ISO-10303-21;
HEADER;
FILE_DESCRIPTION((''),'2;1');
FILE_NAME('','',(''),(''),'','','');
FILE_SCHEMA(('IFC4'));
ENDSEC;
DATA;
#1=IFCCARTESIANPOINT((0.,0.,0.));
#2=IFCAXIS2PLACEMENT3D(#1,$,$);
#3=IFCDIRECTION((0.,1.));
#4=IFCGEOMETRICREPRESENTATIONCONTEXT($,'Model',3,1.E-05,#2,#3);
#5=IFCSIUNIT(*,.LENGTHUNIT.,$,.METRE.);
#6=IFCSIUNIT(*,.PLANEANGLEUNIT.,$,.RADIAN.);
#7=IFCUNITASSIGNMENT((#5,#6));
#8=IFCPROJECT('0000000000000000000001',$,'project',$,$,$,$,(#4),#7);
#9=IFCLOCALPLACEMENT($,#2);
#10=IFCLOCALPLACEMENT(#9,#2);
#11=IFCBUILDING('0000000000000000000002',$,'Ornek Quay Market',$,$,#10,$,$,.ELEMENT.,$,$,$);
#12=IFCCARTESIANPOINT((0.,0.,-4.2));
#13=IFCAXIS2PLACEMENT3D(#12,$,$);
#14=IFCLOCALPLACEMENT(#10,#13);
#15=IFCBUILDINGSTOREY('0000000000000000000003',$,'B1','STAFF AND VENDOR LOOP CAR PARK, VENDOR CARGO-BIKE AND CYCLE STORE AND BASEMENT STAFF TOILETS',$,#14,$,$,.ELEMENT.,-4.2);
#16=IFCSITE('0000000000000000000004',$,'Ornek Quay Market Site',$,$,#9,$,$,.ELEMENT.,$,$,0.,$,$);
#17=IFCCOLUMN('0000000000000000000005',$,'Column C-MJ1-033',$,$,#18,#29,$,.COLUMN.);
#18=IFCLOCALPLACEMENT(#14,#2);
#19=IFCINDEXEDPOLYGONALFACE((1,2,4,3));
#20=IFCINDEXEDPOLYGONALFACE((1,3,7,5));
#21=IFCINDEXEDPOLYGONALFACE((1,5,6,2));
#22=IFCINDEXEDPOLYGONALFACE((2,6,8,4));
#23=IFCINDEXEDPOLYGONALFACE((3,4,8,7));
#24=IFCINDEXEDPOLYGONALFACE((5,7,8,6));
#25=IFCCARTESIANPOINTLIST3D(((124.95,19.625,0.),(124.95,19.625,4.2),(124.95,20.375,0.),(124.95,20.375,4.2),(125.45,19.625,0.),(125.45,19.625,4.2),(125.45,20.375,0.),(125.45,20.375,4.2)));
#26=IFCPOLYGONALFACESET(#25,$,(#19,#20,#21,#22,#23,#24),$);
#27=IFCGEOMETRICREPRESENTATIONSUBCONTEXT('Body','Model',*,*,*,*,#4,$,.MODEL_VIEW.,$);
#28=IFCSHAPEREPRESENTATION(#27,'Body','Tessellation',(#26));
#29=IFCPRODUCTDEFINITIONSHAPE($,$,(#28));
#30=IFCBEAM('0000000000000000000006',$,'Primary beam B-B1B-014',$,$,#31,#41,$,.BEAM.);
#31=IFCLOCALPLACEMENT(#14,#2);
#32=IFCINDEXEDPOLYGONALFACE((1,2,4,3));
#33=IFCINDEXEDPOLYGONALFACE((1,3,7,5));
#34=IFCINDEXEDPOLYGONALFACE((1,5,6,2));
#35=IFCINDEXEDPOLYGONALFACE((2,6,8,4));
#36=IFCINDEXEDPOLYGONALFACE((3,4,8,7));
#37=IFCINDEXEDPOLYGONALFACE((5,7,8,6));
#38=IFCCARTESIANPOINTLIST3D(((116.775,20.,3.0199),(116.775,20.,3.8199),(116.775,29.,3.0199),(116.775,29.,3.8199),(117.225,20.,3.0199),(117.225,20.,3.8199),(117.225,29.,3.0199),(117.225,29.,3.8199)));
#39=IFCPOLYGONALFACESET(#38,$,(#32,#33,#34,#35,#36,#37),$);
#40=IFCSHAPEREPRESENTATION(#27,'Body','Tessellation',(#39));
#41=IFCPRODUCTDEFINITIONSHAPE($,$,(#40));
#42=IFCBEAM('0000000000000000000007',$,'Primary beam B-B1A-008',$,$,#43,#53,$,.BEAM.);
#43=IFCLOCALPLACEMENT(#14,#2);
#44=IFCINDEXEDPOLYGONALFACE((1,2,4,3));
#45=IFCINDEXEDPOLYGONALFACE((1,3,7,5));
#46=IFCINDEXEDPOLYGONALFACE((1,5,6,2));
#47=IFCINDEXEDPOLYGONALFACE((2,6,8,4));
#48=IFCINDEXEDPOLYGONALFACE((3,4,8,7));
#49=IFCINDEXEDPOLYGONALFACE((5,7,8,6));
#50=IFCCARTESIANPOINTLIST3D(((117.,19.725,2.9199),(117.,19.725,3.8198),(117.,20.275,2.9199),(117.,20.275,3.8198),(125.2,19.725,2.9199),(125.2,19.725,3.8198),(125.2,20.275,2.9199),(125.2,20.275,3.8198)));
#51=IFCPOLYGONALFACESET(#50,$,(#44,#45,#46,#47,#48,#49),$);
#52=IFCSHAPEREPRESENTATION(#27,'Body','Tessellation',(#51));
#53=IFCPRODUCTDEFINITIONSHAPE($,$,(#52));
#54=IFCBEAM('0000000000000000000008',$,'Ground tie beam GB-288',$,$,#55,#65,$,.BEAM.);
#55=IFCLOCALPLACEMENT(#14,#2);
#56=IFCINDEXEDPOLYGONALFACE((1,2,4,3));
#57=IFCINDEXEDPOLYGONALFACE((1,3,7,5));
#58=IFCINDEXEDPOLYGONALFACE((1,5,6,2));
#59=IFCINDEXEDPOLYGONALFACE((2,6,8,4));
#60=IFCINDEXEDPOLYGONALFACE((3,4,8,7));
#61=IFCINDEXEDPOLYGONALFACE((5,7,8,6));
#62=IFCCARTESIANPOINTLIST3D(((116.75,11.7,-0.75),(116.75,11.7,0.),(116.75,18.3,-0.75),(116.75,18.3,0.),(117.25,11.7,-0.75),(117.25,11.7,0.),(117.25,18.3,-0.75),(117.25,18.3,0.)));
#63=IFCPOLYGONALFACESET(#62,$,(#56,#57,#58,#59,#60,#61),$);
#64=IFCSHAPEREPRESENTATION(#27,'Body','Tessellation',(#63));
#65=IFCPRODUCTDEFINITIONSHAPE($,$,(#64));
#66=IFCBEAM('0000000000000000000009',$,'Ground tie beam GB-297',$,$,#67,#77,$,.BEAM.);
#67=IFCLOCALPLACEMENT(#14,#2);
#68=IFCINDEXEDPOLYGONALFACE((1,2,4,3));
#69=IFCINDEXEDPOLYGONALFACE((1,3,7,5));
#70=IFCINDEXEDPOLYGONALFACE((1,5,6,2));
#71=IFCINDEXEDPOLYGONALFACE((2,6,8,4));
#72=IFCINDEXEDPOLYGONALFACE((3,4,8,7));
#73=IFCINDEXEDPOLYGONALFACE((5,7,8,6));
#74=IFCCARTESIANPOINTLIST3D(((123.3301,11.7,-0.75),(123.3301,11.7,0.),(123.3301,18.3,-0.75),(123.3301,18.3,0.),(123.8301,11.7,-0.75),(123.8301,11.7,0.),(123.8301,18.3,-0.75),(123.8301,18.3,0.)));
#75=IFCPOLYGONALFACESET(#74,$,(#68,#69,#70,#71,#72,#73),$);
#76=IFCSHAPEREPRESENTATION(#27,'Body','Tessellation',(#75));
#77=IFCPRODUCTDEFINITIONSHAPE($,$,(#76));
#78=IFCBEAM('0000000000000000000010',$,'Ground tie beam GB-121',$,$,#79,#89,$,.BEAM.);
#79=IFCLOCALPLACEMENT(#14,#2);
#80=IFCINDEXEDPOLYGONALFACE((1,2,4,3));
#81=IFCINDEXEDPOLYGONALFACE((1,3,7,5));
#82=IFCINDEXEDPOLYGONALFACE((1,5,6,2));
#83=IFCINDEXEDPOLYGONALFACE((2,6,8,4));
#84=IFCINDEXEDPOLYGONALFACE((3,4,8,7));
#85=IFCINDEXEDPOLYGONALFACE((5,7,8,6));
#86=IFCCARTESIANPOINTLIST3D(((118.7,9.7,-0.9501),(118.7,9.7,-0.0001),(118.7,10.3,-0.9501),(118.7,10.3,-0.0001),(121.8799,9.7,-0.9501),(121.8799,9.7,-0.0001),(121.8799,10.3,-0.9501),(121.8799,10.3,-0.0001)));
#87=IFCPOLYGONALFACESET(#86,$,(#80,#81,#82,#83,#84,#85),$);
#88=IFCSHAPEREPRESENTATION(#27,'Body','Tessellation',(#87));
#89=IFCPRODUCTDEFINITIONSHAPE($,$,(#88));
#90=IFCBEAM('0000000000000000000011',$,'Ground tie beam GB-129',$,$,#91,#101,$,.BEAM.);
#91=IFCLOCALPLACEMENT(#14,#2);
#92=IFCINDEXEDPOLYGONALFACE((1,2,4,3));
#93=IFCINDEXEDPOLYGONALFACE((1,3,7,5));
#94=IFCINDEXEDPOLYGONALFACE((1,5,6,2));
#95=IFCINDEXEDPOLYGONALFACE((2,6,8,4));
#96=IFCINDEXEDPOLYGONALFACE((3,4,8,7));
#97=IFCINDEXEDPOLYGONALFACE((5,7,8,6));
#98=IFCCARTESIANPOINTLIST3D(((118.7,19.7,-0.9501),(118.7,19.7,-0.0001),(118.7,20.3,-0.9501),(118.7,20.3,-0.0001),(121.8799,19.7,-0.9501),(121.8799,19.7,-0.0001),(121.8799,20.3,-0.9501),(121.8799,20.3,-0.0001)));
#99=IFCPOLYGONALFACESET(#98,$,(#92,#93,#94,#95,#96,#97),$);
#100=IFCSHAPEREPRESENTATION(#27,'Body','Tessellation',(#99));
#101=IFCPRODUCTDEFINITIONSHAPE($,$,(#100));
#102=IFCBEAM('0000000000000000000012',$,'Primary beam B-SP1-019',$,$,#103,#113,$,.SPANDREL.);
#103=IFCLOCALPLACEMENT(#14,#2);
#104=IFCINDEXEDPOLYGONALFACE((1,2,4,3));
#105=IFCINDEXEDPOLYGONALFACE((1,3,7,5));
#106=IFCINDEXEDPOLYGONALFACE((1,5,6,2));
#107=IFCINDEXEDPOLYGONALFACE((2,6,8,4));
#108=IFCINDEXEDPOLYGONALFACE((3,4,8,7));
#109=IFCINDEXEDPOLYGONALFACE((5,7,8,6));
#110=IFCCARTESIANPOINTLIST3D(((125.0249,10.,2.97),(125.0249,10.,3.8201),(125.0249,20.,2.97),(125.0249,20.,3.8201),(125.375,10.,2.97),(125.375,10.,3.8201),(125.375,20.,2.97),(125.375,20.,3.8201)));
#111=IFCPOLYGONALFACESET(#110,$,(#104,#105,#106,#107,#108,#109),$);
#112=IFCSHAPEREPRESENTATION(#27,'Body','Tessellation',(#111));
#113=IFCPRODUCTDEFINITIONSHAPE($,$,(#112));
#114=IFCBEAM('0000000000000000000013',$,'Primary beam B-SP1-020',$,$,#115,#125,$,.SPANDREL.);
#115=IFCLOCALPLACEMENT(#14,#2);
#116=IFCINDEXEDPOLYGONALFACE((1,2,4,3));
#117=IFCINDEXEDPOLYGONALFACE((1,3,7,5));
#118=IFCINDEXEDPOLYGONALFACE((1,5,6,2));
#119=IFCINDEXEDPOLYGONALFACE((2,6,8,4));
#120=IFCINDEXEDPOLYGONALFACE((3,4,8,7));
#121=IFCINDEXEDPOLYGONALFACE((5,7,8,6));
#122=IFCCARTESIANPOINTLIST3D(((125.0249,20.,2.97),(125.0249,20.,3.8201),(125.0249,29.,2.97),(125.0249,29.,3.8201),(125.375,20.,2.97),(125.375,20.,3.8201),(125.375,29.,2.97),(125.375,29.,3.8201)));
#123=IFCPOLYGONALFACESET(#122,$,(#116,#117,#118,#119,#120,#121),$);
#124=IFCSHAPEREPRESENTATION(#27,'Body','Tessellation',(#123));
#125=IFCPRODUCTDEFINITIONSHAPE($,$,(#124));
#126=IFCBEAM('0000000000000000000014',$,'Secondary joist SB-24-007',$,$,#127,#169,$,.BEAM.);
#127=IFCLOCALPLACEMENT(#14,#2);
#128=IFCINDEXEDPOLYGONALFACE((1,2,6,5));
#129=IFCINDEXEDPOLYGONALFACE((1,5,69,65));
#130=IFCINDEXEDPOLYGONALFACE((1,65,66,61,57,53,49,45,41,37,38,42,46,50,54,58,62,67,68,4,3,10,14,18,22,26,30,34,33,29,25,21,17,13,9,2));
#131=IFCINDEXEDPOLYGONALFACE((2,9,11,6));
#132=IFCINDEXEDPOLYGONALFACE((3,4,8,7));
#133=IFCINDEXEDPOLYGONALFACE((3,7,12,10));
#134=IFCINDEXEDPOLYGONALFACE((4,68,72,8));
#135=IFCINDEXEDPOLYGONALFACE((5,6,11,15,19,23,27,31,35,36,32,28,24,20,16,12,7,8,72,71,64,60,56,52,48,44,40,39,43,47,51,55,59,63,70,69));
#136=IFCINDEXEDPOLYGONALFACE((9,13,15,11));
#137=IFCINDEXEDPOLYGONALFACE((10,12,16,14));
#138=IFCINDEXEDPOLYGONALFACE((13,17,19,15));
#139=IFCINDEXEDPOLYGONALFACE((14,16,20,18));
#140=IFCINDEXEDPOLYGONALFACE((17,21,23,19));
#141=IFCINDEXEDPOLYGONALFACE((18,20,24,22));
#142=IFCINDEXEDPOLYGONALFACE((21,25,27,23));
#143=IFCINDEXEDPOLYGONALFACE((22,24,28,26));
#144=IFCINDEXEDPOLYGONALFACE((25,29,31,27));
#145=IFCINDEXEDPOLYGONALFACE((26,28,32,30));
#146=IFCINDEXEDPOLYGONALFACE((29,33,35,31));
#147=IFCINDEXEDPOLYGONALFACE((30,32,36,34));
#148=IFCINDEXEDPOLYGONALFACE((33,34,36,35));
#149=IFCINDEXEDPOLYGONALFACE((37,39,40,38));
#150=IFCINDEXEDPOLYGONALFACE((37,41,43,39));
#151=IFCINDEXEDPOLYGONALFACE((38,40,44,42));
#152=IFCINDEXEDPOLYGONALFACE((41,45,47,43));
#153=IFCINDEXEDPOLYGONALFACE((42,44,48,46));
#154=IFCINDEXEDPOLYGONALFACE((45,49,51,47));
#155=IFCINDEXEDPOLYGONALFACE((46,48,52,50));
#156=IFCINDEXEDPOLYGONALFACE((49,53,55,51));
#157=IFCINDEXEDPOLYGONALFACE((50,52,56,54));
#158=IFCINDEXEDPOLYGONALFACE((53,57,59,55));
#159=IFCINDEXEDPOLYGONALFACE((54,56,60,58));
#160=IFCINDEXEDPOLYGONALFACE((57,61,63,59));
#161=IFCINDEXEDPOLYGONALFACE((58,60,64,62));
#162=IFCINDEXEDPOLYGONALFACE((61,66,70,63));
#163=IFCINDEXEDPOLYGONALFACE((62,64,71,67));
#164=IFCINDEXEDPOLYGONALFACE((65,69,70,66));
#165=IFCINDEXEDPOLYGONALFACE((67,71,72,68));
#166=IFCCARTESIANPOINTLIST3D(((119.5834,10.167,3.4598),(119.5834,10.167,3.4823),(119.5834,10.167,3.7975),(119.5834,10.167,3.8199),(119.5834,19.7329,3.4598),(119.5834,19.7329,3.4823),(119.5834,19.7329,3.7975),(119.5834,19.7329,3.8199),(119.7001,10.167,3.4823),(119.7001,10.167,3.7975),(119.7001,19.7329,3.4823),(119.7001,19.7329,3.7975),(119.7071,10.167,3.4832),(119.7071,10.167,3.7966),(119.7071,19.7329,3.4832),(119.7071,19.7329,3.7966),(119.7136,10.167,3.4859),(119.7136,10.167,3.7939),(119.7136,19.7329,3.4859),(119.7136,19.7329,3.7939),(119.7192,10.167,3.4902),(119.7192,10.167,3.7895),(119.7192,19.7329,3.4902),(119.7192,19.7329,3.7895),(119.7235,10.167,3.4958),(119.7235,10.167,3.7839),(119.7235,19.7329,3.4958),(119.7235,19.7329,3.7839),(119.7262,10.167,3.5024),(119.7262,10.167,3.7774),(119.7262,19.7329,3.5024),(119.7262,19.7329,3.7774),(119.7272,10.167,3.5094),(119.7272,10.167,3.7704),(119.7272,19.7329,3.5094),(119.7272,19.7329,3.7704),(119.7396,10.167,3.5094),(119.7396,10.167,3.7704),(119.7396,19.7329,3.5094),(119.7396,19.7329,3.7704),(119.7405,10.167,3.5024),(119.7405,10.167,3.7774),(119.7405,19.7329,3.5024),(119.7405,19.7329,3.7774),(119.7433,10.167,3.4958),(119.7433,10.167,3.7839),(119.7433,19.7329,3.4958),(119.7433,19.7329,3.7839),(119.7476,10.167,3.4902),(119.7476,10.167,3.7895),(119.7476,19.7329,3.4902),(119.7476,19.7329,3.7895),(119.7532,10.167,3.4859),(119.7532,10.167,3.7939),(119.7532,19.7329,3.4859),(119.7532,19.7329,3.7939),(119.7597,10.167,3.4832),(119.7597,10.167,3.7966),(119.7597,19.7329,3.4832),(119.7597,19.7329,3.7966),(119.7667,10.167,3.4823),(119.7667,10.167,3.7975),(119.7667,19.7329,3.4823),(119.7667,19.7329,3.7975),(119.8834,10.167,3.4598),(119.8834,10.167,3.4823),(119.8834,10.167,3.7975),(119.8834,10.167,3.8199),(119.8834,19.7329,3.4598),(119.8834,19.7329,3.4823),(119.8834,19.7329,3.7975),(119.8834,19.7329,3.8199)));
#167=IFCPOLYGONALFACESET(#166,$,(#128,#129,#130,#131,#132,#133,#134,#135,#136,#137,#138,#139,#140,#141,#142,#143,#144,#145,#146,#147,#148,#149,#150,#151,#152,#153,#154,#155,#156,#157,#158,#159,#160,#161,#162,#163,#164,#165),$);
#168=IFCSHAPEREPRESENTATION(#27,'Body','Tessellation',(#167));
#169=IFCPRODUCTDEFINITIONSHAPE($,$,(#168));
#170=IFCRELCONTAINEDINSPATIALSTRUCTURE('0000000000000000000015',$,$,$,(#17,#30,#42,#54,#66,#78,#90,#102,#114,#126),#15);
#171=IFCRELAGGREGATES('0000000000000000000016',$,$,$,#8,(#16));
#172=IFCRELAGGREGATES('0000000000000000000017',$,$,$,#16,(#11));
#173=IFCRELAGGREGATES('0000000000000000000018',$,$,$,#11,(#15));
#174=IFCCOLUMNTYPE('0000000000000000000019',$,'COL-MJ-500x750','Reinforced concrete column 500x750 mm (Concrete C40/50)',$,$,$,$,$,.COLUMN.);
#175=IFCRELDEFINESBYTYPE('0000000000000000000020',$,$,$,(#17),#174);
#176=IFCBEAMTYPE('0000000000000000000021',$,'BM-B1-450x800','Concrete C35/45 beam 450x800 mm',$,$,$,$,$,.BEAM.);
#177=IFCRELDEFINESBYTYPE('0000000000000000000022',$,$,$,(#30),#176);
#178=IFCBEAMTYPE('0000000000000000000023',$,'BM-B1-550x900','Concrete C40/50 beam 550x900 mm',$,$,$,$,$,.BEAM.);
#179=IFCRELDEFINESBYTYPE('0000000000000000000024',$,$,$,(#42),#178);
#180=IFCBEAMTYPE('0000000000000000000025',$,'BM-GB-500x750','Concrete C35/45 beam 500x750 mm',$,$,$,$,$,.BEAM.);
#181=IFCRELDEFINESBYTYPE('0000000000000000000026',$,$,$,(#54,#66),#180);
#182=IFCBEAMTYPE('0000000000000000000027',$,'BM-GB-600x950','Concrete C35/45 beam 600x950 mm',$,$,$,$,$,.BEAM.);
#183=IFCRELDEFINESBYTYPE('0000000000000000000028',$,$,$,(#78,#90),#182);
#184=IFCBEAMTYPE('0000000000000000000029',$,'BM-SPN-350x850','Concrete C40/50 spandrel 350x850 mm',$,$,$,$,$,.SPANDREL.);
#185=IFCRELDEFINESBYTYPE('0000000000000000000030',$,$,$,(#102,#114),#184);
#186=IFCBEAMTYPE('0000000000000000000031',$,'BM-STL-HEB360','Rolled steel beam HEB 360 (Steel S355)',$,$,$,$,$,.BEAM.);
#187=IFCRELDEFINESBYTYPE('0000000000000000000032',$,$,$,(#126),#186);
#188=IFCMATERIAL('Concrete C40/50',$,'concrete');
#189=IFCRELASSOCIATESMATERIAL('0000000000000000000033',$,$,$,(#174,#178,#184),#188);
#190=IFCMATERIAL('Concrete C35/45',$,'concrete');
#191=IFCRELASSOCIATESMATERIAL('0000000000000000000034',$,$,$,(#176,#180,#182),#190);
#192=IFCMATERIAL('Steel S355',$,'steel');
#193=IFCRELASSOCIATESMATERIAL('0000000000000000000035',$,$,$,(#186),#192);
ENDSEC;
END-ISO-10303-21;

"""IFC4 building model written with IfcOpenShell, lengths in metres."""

from ifc_helpers import new_model, si_unit, direction, frame, origin, origin_2d, place, context, subcontext, project, spatial, rectangle, i_section, extrude, material, material_profile, profile_set, type_object, element, save


model = new_model("IFC4")

# Units and contexts
model_context = context("Model", 3, precision=1e-05, world=origin(), true_north=direction((0.0, 1.0)))
body_context = subcontext(model_context, "Body", "Model", "MODEL_VIEW")
ifc_project = project(units=[si_unit("LENGTHUNIT", "METRE"), si_unit("PLANEANGLEUNIT", "RADIAN")], contexts=[model_context])

# Site, building, storey
site_placement = place(None, origin())
site = spatial("IfcSite", under=ifc_project, at=site_placement, Name="Ornek Quay Market Site", CompositionType="ELEMENT", RefElevation=0.0)
building_placement = place(site_placement, origin())
building = spatial("IfcBuilding", under=site, at=building_placement, Name="Ornek Quay Market", CompositionType="ELEMENT")
storey_placement = place(building_placement, frame((0.0, 0.0, -4.2)))
storey = spatial("IfcBuildingStorey", under=building, at=storey_placement, Name="B1", Description="STAFF AND VENDOR LOOP CAR PARK, VENDOR CARGO-BIKE AND CYCLE STORE AND BASEMENT STAFF TOILETS", CompositionType="ELEMENT", Elevation=-4.2)

# Shared definitions
ifc_material_1 = material(Name="Concrete C35/45", Category="concrete")

# Column
ifc_material_2 = material(Name="Concrete C40/50", Category="concrete")
ifc_material_profile_1 = material_profile(ifc_material_2, rectangle(XDim=0.5, YDim=0.75, at=origin_2d()), Name="RC 500x750", Category="concrete")
ifc_profile_set_1 = profile_set([ifc_material_profile_1], Name="Concrete C40/50")
column_type_1 = type_object("IfcColumnType", Name="COL-MJ-500x750", Description="Reinforced concrete column 500x750 mm (Concrete C40/50)", PredefinedType="COLUMN", material=ifc_profile_set_1)
for number, where, z_axis, x_axis, name in (
    (1, (125.2, 20.0, 0.0), (0.0, 0.0, 1.0), (1.0, 0.0, 0.0), "Column C-MJ1-033"),
):
    element("IfcColumn", number, at=place(storey_placement, frame(where, z_axis=z_axis, x_axis=x_axis)), inside=storey, type_object=column_type_1, Name=name, PredefinedType="COLUMN", context=body_context, shape_type="SweptSolid", body=[
        extrude(rectangle(XDim=0.5, YDim=0.75, at=origin_2d()), origin(), (0.0, 0.0, 1.0), 4.2),
    ])

# Beams
ifc_material_profile_2 = material_profile(ifc_material_1, rectangle(XDim=0.45, YDim=0.8, at=origin_2d()), Name="RC 450x800", Category="concrete")
ifc_profile_set_2 = profile_set([ifc_material_profile_2], Name="Concrete C35/45")
beam_type_1 = type_object("IfcBeamType", Name="BM-B1-450x800", Description="Concrete C35/45 beam 450x800 mm", PredefinedType="BEAM", material=ifc_profile_set_2)
beam_1_placement = place(storey_placement, frame((117.0, 20.0, 3.4199), z_axis=(0.0, 1.0, 0.0), x_axis=(-1.0, 0.0, 0.0)))
element("IfcBeam", 2, at=beam_1_placement, inside=storey, type_object=beam_type_1, Name="Primary beam B-B1B-014", PredefinedType="BEAM", context=body_context, shape_type="SweptSolid", body=[
    extrude(rectangle(XDim=0.45, YDim=0.8, at=origin_2d()), origin(), (0.0, 0.0, 1.0), 9.0),
])
ifc_material_profile_3 = material_profile(ifc_material_2, rectangle(XDim=0.55, YDim=0.8999, at=origin_2d()), Name="RC 550x900", Category="concrete")
ifc_profile_set_3 = profile_set([ifc_material_profile_3], Name="Concrete C40/50")
beam_type_2 = type_object("IfcBeamType", Name="BM-B1-550x900", Description="Concrete C40/50 beam 550x900 mm", PredefinedType="BEAM", material=ifc_profile_set_3)
beam_2_placement = place(storey_placement, frame((117.0, 20.0, 3.3699), z_axis=(1.0, 0.0, 0.0), x_axis=(0.0, 1.0, 0.0)))
element("IfcBeam", 3, at=beam_2_placement, inside=storey, type_object=beam_type_2, Name="Primary beam B-B1A-008", PredefinedType="BEAM", context=body_context, shape_type="SweptSolid", body=[
    extrude(rectangle(XDim=0.55, YDim=0.8999, at=origin_2d()), origin(), (0.0, 0.0, 1.0), 8.2),
])
ifc_material_profile_4 = material_profile(ifc_material_1, rectangle(XDim=0.5, YDim=0.75, at=origin_2d()), Name="RC 500x750", Category="concrete")
ifc_profile_set_4 = profile_set([ifc_material_profile_4], Name="Concrete C35/45")
beam_type_3 = type_object("IfcBeamType", Name="BM-GB-500x750", Description="Concrete C35/45 beam 500x750 mm", PredefinedType="BEAM", material=ifc_profile_set_4)
for number, where, z_axis, x_axis, name in (
    (4, (117.0, 11.7, -0.375), (0.0, 1.0, 0.0), (-1.0, 0.0, 0.0), "Ground tie beam GB-288"),
    (5, (123.5801, 11.7, -0.375), (0.0, 1.0, 0.0), (-1.0, 0.0, 0.0), "Ground tie beam GB-297"),
):
    element("IfcBeam", number, at=place(storey_placement, frame(where, z_axis=z_axis, x_axis=x_axis)), inside=storey, type_object=beam_type_3, Name=name, PredefinedType="BEAM", context=body_context, shape_type="SweptSolid", body=[
        extrude(rectangle(XDim=0.5, YDim=0.75, at=origin_2d()), origin(), (0.0, 0.0, 1.0), 6.6001),
    ])
ifc_material_profile_5 = material_profile(ifc_material_1, rectangle(XDim=0.6001, YDim=0.95, at=origin_2d()), Name="RC 600x950", Category="concrete")
ifc_profile_set_5 = profile_set([ifc_material_profile_5], Name="Concrete C35/45")
beam_type_4 = type_object("IfcBeamType", Name="BM-GB-600x950", Description="Concrete C35/45 beam 600x950 mm", PredefinedType="BEAM", material=ifc_profile_set_5)
for number, where, z_axis, x_axis, name in (
    (6, (118.7, 10.0, -0.4751), (1.0, 0.0, 0.0), (0.0, 1.0, 0.0), "Ground tie beam GB-121"),
    (7, (118.7, 20.0, -0.4751), (1.0, 0.0, 0.0), (0.0, 1.0, 0.0), "Ground tie beam GB-129"),
):
    element("IfcBeam", number, at=place(storey_placement, frame(where, z_axis=z_axis, x_axis=x_axis)), inside=storey, type_object=beam_type_4, Name=name, PredefinedType="BEAM", context=body_context, shape_type="SweptSolid", body=[
        extrude(rectangle(XDim=0.6001, YDim=0.95, at=origin_2d()), origin(), (0.0, 0.0, 1.0), 3.1799),
    ])
ifc_material_profile_6 = material_profile(ifc_material_2, rectangle(XDim=0.3501, YDim=0.8501, at=origin_2d()), Name="RC 350x850", Category="concrete")
ifc_profile_set_6 = profile_set([ifc_material_profile_6], Name="Concrete C40/50")
beam_type_5 = type_object("IfcBeamType", Name="BM-SPN-350x850", Description="Concrete C40/50 spandrel 350x850 mm", PredefinedType="SPANDREL", material=ifc_profile_set_6)
beam_3_placement = place(storey_placement, frame((125.2, 10.0, 3.395), z_axis=(0.0, 1.0, 0.0), x_axis=(-1.0, 0.0, 0.0)))
element("IfcBeam", 8, at=beam_3_placement, inside=storey, type_object=beam_type_5, Name="Primary beam B-SP1-019", PredefinedType="SPANDREL", context=body_context, shape_type="SweptSolid", body=[
    extrude(rectangle(XDim=0.3501, YDim=0.8501, at=origin_2d()), origin(), (0.0, 0.0, 1.0), 10.0),
])
beam_4_placement = place(storey_placement, frame((125.2, 20.0, 3.395), z_axis=(0.0, 1.0, 0.0), x_axis=(-1.0, 0.0, 0.0)))
element("IfcBeam", 9, at=beam_4_placement, inside=storey, type_object=beam_type_5, Name="Primary beam B-SP1-020", PredefinedType="SPANDREL", context=body_context, shape_type="SweptSolid", body=[
    extrude(rectangle(XDim=0.3501, YDim=0.8501, at=origin_2d()), origin(), (0.0, 0.0, 1.0), 9.0),
])
ifc_material_3 = material(Name="Steel S355", Category="steel")
ifc_material_profile_7 = material_profile(ifc_material_3, i_section(OverallWidth=0.3, OverallDepth=0.3601, WebThickness=0.0125, FlangeThickness=0.0225, FilletRadius=0.0271, at=origin_2d()), Name="HEB 360", Category="steel")
ifc_profile_set_7 = profile_set([ifc_material_profile_7], Name="Steel S355")
beam_type_6 = type_object("IfcBeamType", Name="BM-STL-HEB360", Description="Rolled steel beam HEB 360 (Steel S355)", PredefinedType="BEAM", material=ifc_profile_set_7)
for number, where, z_axis, x_axis, name in (
    (10, (119.7334, 10.167, 3.6399), (0.0, 1.0, 0.0), (-1.0, 0.0, 0.0), "Secondary joist SB-24-007"),
):
    element("IfcBeam", number, at=place(storey_placement, frame(where, z_axis=z_axis, x_axis=x_axis)), inside=storey, type_object=beam_type_6, Name=name, PredefinedType="BEAM", context=body_context, shape_type="SweptSolid", body=[
        extrude(i_section(OverallWidth=0.3, OverallDepth=0.3601, WebThickness=0.0125, FlangeThickness=0.0225, FilletRadius=0.0271, at=origin_2d()), origin(), (0.0, 0.0, 1.0), 9.5659),
    ])

save(model, "model.ifc")
